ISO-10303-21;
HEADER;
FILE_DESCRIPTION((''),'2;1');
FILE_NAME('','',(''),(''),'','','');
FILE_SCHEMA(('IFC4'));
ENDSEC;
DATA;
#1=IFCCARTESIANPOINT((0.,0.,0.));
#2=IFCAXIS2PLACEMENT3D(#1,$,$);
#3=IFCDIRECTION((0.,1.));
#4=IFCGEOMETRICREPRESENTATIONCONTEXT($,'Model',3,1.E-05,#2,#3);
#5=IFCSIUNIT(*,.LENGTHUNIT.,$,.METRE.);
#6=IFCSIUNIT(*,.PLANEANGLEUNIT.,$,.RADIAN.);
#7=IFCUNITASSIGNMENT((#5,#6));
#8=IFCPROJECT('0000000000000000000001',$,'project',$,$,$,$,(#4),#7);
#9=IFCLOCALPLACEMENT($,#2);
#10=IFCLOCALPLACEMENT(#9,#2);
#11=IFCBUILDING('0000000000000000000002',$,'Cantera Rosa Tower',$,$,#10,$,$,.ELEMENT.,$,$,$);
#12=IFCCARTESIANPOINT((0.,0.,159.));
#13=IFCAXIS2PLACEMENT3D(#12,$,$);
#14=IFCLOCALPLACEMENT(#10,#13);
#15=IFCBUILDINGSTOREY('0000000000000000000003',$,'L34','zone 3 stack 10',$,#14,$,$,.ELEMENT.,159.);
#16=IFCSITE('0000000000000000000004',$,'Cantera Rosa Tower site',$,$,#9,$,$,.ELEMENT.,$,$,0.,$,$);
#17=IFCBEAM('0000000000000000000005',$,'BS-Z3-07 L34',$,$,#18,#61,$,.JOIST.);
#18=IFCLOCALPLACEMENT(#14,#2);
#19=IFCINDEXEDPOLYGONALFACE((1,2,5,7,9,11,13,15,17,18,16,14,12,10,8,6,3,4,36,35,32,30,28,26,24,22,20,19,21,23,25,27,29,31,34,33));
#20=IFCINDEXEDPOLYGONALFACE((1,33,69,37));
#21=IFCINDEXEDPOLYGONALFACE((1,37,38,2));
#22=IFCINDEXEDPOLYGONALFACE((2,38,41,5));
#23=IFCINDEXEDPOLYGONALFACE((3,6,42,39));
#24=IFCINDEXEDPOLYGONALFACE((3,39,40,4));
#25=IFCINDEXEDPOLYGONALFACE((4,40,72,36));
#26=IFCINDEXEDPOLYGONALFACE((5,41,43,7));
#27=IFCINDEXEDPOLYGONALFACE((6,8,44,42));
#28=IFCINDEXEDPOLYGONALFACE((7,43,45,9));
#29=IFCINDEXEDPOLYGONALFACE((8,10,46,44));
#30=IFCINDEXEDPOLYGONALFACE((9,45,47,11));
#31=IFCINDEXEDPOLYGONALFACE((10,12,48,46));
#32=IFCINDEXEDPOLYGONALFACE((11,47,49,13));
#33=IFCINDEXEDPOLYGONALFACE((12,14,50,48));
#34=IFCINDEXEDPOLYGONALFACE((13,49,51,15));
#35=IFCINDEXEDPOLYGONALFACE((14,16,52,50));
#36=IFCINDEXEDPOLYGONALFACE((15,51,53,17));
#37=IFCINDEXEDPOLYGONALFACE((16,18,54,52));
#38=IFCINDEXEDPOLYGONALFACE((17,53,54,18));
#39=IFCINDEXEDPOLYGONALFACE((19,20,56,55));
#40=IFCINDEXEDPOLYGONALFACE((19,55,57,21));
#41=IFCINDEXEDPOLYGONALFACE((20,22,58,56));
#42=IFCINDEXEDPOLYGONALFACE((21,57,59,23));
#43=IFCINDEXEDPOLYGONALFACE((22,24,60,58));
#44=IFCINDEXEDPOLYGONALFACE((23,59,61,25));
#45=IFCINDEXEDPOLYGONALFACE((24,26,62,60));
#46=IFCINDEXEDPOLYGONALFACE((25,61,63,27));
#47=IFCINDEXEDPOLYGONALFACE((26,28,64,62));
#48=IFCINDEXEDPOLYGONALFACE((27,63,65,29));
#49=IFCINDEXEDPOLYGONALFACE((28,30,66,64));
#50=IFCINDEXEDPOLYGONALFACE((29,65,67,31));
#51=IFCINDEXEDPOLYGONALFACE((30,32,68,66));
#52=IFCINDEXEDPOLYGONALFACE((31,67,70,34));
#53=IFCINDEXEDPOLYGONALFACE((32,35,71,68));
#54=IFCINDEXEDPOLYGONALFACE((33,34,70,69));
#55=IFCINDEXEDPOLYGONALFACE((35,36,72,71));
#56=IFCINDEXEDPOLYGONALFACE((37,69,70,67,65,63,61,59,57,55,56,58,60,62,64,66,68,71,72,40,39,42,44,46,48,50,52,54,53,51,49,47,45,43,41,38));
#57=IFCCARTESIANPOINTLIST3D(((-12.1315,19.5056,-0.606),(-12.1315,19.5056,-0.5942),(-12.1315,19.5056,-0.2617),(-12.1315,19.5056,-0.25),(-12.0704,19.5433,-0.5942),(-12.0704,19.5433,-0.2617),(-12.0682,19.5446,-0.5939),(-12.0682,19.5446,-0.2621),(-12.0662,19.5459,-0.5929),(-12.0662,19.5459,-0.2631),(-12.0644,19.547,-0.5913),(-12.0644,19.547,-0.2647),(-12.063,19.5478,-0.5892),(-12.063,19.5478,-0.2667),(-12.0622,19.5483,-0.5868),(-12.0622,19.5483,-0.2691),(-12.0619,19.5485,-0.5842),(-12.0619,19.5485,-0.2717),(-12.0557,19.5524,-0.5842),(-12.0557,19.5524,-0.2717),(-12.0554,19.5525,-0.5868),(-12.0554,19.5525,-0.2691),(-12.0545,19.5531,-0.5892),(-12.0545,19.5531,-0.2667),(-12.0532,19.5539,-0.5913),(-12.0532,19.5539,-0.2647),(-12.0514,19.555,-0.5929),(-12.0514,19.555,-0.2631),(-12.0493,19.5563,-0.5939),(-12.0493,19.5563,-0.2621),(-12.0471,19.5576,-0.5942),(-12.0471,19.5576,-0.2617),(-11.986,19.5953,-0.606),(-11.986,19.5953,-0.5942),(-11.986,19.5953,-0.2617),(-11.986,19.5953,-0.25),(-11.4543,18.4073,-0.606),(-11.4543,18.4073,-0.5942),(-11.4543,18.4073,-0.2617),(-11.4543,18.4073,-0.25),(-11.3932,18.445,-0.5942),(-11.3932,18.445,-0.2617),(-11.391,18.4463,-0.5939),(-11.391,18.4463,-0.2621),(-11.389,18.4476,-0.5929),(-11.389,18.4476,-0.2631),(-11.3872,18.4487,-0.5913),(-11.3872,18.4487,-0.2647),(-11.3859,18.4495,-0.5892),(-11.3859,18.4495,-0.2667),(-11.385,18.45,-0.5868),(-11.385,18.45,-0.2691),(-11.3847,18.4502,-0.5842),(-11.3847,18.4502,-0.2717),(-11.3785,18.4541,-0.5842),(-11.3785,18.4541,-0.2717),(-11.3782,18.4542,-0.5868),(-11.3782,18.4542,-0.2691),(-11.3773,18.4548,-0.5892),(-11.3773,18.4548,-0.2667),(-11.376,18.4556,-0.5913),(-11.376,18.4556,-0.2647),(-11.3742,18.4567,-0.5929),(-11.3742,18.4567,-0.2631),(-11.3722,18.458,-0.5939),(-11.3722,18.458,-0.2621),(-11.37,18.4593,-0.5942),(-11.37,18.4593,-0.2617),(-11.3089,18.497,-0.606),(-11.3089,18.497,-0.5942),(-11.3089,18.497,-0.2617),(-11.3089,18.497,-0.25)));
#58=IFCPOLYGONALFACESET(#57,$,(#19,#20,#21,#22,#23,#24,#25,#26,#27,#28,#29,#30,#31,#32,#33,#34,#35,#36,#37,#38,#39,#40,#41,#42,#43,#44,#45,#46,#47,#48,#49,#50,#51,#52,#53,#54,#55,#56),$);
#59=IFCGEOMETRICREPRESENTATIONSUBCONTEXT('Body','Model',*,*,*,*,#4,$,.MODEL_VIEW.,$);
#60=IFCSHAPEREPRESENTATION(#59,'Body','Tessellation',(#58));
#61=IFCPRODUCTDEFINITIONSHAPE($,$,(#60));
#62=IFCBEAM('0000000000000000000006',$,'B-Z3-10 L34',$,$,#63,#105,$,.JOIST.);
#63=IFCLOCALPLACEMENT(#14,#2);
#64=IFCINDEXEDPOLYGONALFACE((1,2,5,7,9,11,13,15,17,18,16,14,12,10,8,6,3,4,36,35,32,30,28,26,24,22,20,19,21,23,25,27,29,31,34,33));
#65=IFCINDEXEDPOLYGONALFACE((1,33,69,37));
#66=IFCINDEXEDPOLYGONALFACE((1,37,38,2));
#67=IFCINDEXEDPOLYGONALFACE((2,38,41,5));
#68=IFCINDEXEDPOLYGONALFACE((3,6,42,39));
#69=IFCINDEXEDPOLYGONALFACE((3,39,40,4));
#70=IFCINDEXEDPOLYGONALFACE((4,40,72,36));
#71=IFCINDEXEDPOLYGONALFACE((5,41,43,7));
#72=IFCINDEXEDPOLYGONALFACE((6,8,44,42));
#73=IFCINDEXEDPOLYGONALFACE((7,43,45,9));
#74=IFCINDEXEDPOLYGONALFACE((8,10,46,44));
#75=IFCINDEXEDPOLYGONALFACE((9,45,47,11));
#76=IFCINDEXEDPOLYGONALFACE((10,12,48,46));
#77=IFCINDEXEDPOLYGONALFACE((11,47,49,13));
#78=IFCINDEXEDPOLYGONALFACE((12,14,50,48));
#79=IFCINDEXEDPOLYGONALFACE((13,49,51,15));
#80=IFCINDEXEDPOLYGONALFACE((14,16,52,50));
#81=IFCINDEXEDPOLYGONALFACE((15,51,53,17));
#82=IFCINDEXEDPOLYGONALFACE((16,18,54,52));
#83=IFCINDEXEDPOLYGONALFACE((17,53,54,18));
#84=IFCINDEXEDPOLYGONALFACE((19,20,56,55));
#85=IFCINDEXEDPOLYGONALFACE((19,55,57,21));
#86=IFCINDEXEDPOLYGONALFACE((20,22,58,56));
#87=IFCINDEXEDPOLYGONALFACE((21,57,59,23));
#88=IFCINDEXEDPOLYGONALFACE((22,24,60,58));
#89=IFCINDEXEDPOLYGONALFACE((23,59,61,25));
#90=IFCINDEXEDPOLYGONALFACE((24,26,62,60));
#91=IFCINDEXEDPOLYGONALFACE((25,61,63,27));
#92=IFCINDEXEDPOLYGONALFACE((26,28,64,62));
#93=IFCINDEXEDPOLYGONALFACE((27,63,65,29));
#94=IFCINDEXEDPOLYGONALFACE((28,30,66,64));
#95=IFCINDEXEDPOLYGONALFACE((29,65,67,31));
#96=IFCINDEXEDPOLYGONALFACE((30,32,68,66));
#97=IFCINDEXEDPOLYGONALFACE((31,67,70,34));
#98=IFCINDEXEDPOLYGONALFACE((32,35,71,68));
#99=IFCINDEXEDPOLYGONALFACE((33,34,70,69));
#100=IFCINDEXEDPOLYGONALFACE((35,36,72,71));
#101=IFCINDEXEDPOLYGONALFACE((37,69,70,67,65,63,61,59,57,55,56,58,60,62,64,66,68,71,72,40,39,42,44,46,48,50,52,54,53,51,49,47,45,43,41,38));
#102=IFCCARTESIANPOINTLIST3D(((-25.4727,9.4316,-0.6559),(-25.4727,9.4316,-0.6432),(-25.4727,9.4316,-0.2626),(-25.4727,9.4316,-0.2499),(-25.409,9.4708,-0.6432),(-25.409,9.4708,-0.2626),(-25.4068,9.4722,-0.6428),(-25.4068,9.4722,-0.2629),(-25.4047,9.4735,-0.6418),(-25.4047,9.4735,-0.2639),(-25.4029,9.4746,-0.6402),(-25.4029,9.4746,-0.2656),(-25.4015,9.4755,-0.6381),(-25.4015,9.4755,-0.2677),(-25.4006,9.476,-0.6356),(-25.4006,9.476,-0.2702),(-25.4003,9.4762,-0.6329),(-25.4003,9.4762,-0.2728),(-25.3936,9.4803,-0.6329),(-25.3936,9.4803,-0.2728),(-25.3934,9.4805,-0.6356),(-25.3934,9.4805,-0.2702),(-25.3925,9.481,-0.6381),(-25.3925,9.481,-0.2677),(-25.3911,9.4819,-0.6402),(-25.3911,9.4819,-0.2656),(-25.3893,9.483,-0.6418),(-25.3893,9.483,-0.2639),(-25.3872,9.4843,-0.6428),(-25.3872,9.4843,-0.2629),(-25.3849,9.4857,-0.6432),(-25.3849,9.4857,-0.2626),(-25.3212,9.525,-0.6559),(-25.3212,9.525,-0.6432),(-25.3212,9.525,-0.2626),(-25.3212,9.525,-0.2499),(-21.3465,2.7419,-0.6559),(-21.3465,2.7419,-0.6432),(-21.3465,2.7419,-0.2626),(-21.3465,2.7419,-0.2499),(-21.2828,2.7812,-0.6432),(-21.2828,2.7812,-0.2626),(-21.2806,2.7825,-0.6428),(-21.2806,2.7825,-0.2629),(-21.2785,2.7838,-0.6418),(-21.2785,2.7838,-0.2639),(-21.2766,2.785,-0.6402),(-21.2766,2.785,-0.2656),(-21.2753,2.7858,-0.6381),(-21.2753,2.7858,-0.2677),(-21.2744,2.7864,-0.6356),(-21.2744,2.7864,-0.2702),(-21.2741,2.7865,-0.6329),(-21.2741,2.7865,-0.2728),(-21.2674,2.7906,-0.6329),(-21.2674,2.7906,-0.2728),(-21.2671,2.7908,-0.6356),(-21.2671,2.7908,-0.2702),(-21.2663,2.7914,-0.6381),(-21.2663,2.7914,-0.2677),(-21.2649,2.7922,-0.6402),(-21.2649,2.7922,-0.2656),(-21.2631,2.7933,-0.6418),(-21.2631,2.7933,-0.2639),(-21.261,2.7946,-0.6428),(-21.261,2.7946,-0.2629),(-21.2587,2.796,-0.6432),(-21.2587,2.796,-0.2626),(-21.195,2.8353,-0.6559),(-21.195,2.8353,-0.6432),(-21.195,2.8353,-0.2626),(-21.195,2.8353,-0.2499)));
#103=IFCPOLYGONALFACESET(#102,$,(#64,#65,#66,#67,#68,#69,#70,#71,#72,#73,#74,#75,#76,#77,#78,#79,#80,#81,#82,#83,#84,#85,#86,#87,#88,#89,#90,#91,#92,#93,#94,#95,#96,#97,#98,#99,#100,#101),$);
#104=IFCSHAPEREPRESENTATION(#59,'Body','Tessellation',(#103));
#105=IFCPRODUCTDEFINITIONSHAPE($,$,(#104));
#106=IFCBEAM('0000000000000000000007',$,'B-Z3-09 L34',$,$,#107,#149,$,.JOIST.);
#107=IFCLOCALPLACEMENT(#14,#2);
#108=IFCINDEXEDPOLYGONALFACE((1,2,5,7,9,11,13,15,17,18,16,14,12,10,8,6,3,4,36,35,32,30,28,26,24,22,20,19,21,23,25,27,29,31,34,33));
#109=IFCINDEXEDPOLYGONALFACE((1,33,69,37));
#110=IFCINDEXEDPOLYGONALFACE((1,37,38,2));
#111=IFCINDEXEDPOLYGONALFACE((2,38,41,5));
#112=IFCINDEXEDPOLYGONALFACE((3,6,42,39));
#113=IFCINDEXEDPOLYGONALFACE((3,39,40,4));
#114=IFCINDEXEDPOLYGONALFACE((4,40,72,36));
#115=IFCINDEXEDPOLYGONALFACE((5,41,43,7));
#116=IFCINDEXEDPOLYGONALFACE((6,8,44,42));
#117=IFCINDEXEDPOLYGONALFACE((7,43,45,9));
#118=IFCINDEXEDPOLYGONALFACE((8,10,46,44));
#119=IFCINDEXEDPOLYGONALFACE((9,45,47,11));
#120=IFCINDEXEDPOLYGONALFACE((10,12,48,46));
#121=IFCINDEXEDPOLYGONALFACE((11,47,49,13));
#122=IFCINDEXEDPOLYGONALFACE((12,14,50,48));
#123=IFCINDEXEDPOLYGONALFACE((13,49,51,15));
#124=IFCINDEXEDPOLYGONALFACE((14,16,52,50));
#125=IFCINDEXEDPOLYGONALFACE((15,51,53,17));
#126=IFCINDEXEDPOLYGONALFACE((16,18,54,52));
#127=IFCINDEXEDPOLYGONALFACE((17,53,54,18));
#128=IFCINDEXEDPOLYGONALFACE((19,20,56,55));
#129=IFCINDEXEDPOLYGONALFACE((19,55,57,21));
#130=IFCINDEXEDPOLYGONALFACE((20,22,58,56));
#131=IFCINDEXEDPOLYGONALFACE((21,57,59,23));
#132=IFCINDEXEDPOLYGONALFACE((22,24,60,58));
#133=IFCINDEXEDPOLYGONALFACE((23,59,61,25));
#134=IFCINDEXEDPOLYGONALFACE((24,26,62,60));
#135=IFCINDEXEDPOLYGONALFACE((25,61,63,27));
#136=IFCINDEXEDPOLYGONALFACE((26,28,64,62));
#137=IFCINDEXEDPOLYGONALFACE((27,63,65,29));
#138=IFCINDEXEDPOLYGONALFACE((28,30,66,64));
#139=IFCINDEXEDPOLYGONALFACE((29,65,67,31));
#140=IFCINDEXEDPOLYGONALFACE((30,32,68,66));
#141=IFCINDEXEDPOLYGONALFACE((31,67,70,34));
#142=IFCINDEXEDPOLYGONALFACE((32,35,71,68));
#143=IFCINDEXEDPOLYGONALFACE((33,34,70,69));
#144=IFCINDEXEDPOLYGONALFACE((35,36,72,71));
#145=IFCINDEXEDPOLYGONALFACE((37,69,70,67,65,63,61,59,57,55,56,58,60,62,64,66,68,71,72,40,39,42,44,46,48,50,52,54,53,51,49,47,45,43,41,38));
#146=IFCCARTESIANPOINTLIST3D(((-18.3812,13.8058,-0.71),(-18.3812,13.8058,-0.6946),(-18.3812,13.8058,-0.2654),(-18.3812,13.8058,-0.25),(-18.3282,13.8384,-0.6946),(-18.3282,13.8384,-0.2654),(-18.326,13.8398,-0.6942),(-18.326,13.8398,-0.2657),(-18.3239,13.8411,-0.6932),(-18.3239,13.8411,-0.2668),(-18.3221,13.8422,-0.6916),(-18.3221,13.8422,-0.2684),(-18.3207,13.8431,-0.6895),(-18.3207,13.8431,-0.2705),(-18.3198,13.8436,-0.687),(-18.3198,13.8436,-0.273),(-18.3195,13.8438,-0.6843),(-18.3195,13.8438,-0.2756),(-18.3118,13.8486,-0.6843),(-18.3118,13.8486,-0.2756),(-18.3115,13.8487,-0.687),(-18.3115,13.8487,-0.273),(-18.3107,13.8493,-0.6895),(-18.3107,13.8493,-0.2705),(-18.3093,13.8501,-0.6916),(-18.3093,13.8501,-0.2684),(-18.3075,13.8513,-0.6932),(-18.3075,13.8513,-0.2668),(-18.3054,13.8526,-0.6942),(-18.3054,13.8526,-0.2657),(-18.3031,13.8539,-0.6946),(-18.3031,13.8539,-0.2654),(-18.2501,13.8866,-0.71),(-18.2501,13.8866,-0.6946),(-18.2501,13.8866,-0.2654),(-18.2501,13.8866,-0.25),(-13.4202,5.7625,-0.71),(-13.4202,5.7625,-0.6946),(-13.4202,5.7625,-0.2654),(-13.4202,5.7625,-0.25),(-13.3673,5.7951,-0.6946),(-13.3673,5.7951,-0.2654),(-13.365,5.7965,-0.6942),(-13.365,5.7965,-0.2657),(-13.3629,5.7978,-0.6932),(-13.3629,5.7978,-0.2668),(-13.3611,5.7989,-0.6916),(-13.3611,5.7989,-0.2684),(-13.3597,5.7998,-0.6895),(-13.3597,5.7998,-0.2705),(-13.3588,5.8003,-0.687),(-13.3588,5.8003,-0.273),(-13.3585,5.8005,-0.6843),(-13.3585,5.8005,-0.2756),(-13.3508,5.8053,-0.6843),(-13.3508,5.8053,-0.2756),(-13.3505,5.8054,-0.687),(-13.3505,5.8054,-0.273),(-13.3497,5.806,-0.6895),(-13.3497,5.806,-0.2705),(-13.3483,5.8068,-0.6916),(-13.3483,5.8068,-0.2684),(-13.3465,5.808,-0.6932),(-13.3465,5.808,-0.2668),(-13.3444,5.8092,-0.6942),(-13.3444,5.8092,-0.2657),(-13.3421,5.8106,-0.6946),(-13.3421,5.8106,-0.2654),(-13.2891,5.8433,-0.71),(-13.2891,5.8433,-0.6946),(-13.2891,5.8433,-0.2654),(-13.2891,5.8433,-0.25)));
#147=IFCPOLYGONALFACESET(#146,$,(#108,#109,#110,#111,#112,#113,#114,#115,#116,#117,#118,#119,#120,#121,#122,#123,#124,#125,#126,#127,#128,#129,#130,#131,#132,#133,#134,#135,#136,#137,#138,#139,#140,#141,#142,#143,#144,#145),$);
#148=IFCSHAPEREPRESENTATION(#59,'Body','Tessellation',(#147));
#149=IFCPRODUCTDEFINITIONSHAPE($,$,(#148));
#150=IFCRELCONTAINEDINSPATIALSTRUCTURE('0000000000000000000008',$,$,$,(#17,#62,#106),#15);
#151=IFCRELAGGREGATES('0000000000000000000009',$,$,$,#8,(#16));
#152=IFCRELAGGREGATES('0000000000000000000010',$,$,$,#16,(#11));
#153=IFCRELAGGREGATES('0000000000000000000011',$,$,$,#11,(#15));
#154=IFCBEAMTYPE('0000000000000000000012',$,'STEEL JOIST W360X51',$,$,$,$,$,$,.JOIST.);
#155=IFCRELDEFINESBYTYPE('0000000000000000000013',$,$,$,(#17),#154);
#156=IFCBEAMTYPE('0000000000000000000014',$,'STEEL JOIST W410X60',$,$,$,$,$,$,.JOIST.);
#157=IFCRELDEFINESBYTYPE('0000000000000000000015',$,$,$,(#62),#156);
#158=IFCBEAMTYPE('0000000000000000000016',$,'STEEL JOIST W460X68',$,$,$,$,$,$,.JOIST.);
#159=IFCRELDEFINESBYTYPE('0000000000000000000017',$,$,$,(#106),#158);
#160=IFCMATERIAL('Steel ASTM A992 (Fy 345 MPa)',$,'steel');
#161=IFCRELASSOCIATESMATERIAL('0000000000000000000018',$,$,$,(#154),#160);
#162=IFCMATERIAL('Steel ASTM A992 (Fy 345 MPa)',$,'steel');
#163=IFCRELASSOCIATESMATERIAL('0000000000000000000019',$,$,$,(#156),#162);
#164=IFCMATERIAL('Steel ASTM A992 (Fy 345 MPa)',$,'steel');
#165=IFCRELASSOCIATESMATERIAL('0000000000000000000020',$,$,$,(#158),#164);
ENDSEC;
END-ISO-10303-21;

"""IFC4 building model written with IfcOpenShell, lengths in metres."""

from ifc_helpers import new_model, si_unit, direction, frame, origin, origin_2d, place, context, subcontext, project, spatial, i_section, extrude, material, material_profile, profile_set, type_object, element, save


model = new_model("IFC4")

# Units and contexts
model_context = context("Model", 3, precision=1e-05, world=origin(), true_north=direction((0.0, 1.0)))
body_context = subcontext(model_context, "Body", "Model", "MODEL_VIEW")
ifc_project = project(units=[si_unit("LENGTHUNIT", "METRE"), si_unit("PLANEANGLEUNIT", "RADIAN")], contexts=[model_context])

# Site, building, storey
site_placement = place(None, origin())
site = spatial("IfcSite", under=ifc_project, at=site_placement, Name="Cantera Rosa Tower site", CompositionType="ELEMENT", RefElevation=0.0)
building_placement = place(site_placement, origin())
building = spatial("IfcBuilding", under=site, at=building_placement, Name="Cantera Rosa Tower", CompositionType="ELEMENT")
storey_placement = place(building_placement, frame((0.0, 0.0, 159.0)))
storey = spatial("IfcBuildingStorey", under=building, at=storey_placement, Name="L34", Description="zone 3 stack 10", CompositionType="ELEMENT", Elevation=159.0)

# Beams
ifc_material_1 = material(Name="Steel ASTM A992 (Fy 345 MPa)", Category="steel")
ifc_material_profile_1 = material_profile(ifc_material_1, i_section(OverallWidth=0.1709, OverallDepth=0.356, WebThickness=0.0073, FlangeThickness=0.0117, FilletRadius=0.01, at=origin_2d()), Name="W360X51")
ifc_profile_set_1 = profile_set([ifc_material_profile_1], Name="Steel ASTM A992 (Fy 345 MPa)")
beam_type_1 = type_object("IfcBeamType", Name="STEEL JOIST W360X51", PredefinedType="JOIST", material=ifc_profile_set_1)
beam_1_placement = place(storey_placement, frame((-11.3816, 18.4521, -0.428), z_axis=(-0.524836, 0.851203, 0.0), x_axis=(-0.851203, -0.524836, 0.0)))
element("IfcBeam", 1, at=beam_1_placement, inside=storey, type_object=beam_type_1, Name="BS-Z3-07 L34", PredefinedType="JOIST", context=body_context, shape_type="SweptSolid", body=[
    extrude(i_section(OverallWidth=0.1709, OverallDepth=0.356, WebThickness=0.0073, FlangeThickness=0.0117, FilletRadius=0.01, at=origin_2d()), origin(), (0.0, 0.0, 1.0), 1.2903),
])
ifc_material_2 = material(Name="Steel ASTM A992 (Fy 345 MPa)", Category="steel")
ifc_material_profile_2 = material_profile(ifc_material_2, i_section(OverallWidth=0.178, OverallDepth=0.406, WebThickness=0.0078, FlangeThickness=0.0127, FilletRadius=0.0103, at=origin_2d()), Name="W410X60")
ifc_profile_set_2 = profile_set([ifc_material_profile_2], Name="Steel ASTM A992 (Fy 345 MPa)")
beam_type_2 = type_object("IfcBeamType", Name="STEEL JOIST W410X60", PredefinedType="JOIST", material=ifc_profile_set_2)
beam_2_placement = place(storey_placement, frame((-25.397, 9.4783, -0.4529), z_axis=(0.524972, -0.851119, 0.0), x_axis=(0.851119, 0.524972, 0.0)))
element("IfcBeam", 2, at=beam_2_placement, inside=storey, type_object=beam_type_2, Name="B-Z3-10 L34", PredefinedType="JOIST", context=body_context, shape_type="SweptSolid", body=[
    extrude(i_section(OverallWidth=0.178, OverallDepth=0.406, WebThickness=0.0078, FlangeThickness=0.0127, FilletRadius=0.0103, at=origin_2d()), origin(), (0.0, 0.0, 1.0), 7.8599),
])
ifc_material_3 = material(Name="Steel ASTM A992 (Fy 345 MPa)", Category="steel")
ifc_material_profile_3 = material_profile(ifc_material_3, i_section(OverallWidth=0.1541, OverallDepth=0.46, WebThickness=0.009, FlangeThickness=0.0154, FilletRadius=0.0103, at=origin_2d()), Name="W460X68")
ifc_profile_set_3 = profile_set([ifc_material_profile_3], Name="Steel ASTM A992 (Fy 345 MPa)")
beam_type_3 = type_object("IfcBeamType", Name="STEEL JOIST W460X68", PredefinedType="JOIST", material=ifc_profile_set_3)
beam_3_placement = place(storey_placement, frame((-18.3157, 13.8462, -0.48), z_axis=(0.524962, -0.851126, 0.0), x_axis=(0.851126, 0.524962, 0.0)))
element("IfcBeam", 3, at=beam_3_placement, inside=storey, type_object=beam_type_3, Name="B-Z3-09 L34", PredefinedType="JOIST", context=body_context, shape_type="SweptSolid", body=[
    extrude(i_section(OverallWidth=0.1541, OverallDepth=0.46, WebThickness=0.009, FlangeThickness=0.0154, FilletRadius=0.0103, at=origin_2d()), origin(), (0.0, 0.0, 1.0), 9.4502),
])

save(model, "model.ifc")
